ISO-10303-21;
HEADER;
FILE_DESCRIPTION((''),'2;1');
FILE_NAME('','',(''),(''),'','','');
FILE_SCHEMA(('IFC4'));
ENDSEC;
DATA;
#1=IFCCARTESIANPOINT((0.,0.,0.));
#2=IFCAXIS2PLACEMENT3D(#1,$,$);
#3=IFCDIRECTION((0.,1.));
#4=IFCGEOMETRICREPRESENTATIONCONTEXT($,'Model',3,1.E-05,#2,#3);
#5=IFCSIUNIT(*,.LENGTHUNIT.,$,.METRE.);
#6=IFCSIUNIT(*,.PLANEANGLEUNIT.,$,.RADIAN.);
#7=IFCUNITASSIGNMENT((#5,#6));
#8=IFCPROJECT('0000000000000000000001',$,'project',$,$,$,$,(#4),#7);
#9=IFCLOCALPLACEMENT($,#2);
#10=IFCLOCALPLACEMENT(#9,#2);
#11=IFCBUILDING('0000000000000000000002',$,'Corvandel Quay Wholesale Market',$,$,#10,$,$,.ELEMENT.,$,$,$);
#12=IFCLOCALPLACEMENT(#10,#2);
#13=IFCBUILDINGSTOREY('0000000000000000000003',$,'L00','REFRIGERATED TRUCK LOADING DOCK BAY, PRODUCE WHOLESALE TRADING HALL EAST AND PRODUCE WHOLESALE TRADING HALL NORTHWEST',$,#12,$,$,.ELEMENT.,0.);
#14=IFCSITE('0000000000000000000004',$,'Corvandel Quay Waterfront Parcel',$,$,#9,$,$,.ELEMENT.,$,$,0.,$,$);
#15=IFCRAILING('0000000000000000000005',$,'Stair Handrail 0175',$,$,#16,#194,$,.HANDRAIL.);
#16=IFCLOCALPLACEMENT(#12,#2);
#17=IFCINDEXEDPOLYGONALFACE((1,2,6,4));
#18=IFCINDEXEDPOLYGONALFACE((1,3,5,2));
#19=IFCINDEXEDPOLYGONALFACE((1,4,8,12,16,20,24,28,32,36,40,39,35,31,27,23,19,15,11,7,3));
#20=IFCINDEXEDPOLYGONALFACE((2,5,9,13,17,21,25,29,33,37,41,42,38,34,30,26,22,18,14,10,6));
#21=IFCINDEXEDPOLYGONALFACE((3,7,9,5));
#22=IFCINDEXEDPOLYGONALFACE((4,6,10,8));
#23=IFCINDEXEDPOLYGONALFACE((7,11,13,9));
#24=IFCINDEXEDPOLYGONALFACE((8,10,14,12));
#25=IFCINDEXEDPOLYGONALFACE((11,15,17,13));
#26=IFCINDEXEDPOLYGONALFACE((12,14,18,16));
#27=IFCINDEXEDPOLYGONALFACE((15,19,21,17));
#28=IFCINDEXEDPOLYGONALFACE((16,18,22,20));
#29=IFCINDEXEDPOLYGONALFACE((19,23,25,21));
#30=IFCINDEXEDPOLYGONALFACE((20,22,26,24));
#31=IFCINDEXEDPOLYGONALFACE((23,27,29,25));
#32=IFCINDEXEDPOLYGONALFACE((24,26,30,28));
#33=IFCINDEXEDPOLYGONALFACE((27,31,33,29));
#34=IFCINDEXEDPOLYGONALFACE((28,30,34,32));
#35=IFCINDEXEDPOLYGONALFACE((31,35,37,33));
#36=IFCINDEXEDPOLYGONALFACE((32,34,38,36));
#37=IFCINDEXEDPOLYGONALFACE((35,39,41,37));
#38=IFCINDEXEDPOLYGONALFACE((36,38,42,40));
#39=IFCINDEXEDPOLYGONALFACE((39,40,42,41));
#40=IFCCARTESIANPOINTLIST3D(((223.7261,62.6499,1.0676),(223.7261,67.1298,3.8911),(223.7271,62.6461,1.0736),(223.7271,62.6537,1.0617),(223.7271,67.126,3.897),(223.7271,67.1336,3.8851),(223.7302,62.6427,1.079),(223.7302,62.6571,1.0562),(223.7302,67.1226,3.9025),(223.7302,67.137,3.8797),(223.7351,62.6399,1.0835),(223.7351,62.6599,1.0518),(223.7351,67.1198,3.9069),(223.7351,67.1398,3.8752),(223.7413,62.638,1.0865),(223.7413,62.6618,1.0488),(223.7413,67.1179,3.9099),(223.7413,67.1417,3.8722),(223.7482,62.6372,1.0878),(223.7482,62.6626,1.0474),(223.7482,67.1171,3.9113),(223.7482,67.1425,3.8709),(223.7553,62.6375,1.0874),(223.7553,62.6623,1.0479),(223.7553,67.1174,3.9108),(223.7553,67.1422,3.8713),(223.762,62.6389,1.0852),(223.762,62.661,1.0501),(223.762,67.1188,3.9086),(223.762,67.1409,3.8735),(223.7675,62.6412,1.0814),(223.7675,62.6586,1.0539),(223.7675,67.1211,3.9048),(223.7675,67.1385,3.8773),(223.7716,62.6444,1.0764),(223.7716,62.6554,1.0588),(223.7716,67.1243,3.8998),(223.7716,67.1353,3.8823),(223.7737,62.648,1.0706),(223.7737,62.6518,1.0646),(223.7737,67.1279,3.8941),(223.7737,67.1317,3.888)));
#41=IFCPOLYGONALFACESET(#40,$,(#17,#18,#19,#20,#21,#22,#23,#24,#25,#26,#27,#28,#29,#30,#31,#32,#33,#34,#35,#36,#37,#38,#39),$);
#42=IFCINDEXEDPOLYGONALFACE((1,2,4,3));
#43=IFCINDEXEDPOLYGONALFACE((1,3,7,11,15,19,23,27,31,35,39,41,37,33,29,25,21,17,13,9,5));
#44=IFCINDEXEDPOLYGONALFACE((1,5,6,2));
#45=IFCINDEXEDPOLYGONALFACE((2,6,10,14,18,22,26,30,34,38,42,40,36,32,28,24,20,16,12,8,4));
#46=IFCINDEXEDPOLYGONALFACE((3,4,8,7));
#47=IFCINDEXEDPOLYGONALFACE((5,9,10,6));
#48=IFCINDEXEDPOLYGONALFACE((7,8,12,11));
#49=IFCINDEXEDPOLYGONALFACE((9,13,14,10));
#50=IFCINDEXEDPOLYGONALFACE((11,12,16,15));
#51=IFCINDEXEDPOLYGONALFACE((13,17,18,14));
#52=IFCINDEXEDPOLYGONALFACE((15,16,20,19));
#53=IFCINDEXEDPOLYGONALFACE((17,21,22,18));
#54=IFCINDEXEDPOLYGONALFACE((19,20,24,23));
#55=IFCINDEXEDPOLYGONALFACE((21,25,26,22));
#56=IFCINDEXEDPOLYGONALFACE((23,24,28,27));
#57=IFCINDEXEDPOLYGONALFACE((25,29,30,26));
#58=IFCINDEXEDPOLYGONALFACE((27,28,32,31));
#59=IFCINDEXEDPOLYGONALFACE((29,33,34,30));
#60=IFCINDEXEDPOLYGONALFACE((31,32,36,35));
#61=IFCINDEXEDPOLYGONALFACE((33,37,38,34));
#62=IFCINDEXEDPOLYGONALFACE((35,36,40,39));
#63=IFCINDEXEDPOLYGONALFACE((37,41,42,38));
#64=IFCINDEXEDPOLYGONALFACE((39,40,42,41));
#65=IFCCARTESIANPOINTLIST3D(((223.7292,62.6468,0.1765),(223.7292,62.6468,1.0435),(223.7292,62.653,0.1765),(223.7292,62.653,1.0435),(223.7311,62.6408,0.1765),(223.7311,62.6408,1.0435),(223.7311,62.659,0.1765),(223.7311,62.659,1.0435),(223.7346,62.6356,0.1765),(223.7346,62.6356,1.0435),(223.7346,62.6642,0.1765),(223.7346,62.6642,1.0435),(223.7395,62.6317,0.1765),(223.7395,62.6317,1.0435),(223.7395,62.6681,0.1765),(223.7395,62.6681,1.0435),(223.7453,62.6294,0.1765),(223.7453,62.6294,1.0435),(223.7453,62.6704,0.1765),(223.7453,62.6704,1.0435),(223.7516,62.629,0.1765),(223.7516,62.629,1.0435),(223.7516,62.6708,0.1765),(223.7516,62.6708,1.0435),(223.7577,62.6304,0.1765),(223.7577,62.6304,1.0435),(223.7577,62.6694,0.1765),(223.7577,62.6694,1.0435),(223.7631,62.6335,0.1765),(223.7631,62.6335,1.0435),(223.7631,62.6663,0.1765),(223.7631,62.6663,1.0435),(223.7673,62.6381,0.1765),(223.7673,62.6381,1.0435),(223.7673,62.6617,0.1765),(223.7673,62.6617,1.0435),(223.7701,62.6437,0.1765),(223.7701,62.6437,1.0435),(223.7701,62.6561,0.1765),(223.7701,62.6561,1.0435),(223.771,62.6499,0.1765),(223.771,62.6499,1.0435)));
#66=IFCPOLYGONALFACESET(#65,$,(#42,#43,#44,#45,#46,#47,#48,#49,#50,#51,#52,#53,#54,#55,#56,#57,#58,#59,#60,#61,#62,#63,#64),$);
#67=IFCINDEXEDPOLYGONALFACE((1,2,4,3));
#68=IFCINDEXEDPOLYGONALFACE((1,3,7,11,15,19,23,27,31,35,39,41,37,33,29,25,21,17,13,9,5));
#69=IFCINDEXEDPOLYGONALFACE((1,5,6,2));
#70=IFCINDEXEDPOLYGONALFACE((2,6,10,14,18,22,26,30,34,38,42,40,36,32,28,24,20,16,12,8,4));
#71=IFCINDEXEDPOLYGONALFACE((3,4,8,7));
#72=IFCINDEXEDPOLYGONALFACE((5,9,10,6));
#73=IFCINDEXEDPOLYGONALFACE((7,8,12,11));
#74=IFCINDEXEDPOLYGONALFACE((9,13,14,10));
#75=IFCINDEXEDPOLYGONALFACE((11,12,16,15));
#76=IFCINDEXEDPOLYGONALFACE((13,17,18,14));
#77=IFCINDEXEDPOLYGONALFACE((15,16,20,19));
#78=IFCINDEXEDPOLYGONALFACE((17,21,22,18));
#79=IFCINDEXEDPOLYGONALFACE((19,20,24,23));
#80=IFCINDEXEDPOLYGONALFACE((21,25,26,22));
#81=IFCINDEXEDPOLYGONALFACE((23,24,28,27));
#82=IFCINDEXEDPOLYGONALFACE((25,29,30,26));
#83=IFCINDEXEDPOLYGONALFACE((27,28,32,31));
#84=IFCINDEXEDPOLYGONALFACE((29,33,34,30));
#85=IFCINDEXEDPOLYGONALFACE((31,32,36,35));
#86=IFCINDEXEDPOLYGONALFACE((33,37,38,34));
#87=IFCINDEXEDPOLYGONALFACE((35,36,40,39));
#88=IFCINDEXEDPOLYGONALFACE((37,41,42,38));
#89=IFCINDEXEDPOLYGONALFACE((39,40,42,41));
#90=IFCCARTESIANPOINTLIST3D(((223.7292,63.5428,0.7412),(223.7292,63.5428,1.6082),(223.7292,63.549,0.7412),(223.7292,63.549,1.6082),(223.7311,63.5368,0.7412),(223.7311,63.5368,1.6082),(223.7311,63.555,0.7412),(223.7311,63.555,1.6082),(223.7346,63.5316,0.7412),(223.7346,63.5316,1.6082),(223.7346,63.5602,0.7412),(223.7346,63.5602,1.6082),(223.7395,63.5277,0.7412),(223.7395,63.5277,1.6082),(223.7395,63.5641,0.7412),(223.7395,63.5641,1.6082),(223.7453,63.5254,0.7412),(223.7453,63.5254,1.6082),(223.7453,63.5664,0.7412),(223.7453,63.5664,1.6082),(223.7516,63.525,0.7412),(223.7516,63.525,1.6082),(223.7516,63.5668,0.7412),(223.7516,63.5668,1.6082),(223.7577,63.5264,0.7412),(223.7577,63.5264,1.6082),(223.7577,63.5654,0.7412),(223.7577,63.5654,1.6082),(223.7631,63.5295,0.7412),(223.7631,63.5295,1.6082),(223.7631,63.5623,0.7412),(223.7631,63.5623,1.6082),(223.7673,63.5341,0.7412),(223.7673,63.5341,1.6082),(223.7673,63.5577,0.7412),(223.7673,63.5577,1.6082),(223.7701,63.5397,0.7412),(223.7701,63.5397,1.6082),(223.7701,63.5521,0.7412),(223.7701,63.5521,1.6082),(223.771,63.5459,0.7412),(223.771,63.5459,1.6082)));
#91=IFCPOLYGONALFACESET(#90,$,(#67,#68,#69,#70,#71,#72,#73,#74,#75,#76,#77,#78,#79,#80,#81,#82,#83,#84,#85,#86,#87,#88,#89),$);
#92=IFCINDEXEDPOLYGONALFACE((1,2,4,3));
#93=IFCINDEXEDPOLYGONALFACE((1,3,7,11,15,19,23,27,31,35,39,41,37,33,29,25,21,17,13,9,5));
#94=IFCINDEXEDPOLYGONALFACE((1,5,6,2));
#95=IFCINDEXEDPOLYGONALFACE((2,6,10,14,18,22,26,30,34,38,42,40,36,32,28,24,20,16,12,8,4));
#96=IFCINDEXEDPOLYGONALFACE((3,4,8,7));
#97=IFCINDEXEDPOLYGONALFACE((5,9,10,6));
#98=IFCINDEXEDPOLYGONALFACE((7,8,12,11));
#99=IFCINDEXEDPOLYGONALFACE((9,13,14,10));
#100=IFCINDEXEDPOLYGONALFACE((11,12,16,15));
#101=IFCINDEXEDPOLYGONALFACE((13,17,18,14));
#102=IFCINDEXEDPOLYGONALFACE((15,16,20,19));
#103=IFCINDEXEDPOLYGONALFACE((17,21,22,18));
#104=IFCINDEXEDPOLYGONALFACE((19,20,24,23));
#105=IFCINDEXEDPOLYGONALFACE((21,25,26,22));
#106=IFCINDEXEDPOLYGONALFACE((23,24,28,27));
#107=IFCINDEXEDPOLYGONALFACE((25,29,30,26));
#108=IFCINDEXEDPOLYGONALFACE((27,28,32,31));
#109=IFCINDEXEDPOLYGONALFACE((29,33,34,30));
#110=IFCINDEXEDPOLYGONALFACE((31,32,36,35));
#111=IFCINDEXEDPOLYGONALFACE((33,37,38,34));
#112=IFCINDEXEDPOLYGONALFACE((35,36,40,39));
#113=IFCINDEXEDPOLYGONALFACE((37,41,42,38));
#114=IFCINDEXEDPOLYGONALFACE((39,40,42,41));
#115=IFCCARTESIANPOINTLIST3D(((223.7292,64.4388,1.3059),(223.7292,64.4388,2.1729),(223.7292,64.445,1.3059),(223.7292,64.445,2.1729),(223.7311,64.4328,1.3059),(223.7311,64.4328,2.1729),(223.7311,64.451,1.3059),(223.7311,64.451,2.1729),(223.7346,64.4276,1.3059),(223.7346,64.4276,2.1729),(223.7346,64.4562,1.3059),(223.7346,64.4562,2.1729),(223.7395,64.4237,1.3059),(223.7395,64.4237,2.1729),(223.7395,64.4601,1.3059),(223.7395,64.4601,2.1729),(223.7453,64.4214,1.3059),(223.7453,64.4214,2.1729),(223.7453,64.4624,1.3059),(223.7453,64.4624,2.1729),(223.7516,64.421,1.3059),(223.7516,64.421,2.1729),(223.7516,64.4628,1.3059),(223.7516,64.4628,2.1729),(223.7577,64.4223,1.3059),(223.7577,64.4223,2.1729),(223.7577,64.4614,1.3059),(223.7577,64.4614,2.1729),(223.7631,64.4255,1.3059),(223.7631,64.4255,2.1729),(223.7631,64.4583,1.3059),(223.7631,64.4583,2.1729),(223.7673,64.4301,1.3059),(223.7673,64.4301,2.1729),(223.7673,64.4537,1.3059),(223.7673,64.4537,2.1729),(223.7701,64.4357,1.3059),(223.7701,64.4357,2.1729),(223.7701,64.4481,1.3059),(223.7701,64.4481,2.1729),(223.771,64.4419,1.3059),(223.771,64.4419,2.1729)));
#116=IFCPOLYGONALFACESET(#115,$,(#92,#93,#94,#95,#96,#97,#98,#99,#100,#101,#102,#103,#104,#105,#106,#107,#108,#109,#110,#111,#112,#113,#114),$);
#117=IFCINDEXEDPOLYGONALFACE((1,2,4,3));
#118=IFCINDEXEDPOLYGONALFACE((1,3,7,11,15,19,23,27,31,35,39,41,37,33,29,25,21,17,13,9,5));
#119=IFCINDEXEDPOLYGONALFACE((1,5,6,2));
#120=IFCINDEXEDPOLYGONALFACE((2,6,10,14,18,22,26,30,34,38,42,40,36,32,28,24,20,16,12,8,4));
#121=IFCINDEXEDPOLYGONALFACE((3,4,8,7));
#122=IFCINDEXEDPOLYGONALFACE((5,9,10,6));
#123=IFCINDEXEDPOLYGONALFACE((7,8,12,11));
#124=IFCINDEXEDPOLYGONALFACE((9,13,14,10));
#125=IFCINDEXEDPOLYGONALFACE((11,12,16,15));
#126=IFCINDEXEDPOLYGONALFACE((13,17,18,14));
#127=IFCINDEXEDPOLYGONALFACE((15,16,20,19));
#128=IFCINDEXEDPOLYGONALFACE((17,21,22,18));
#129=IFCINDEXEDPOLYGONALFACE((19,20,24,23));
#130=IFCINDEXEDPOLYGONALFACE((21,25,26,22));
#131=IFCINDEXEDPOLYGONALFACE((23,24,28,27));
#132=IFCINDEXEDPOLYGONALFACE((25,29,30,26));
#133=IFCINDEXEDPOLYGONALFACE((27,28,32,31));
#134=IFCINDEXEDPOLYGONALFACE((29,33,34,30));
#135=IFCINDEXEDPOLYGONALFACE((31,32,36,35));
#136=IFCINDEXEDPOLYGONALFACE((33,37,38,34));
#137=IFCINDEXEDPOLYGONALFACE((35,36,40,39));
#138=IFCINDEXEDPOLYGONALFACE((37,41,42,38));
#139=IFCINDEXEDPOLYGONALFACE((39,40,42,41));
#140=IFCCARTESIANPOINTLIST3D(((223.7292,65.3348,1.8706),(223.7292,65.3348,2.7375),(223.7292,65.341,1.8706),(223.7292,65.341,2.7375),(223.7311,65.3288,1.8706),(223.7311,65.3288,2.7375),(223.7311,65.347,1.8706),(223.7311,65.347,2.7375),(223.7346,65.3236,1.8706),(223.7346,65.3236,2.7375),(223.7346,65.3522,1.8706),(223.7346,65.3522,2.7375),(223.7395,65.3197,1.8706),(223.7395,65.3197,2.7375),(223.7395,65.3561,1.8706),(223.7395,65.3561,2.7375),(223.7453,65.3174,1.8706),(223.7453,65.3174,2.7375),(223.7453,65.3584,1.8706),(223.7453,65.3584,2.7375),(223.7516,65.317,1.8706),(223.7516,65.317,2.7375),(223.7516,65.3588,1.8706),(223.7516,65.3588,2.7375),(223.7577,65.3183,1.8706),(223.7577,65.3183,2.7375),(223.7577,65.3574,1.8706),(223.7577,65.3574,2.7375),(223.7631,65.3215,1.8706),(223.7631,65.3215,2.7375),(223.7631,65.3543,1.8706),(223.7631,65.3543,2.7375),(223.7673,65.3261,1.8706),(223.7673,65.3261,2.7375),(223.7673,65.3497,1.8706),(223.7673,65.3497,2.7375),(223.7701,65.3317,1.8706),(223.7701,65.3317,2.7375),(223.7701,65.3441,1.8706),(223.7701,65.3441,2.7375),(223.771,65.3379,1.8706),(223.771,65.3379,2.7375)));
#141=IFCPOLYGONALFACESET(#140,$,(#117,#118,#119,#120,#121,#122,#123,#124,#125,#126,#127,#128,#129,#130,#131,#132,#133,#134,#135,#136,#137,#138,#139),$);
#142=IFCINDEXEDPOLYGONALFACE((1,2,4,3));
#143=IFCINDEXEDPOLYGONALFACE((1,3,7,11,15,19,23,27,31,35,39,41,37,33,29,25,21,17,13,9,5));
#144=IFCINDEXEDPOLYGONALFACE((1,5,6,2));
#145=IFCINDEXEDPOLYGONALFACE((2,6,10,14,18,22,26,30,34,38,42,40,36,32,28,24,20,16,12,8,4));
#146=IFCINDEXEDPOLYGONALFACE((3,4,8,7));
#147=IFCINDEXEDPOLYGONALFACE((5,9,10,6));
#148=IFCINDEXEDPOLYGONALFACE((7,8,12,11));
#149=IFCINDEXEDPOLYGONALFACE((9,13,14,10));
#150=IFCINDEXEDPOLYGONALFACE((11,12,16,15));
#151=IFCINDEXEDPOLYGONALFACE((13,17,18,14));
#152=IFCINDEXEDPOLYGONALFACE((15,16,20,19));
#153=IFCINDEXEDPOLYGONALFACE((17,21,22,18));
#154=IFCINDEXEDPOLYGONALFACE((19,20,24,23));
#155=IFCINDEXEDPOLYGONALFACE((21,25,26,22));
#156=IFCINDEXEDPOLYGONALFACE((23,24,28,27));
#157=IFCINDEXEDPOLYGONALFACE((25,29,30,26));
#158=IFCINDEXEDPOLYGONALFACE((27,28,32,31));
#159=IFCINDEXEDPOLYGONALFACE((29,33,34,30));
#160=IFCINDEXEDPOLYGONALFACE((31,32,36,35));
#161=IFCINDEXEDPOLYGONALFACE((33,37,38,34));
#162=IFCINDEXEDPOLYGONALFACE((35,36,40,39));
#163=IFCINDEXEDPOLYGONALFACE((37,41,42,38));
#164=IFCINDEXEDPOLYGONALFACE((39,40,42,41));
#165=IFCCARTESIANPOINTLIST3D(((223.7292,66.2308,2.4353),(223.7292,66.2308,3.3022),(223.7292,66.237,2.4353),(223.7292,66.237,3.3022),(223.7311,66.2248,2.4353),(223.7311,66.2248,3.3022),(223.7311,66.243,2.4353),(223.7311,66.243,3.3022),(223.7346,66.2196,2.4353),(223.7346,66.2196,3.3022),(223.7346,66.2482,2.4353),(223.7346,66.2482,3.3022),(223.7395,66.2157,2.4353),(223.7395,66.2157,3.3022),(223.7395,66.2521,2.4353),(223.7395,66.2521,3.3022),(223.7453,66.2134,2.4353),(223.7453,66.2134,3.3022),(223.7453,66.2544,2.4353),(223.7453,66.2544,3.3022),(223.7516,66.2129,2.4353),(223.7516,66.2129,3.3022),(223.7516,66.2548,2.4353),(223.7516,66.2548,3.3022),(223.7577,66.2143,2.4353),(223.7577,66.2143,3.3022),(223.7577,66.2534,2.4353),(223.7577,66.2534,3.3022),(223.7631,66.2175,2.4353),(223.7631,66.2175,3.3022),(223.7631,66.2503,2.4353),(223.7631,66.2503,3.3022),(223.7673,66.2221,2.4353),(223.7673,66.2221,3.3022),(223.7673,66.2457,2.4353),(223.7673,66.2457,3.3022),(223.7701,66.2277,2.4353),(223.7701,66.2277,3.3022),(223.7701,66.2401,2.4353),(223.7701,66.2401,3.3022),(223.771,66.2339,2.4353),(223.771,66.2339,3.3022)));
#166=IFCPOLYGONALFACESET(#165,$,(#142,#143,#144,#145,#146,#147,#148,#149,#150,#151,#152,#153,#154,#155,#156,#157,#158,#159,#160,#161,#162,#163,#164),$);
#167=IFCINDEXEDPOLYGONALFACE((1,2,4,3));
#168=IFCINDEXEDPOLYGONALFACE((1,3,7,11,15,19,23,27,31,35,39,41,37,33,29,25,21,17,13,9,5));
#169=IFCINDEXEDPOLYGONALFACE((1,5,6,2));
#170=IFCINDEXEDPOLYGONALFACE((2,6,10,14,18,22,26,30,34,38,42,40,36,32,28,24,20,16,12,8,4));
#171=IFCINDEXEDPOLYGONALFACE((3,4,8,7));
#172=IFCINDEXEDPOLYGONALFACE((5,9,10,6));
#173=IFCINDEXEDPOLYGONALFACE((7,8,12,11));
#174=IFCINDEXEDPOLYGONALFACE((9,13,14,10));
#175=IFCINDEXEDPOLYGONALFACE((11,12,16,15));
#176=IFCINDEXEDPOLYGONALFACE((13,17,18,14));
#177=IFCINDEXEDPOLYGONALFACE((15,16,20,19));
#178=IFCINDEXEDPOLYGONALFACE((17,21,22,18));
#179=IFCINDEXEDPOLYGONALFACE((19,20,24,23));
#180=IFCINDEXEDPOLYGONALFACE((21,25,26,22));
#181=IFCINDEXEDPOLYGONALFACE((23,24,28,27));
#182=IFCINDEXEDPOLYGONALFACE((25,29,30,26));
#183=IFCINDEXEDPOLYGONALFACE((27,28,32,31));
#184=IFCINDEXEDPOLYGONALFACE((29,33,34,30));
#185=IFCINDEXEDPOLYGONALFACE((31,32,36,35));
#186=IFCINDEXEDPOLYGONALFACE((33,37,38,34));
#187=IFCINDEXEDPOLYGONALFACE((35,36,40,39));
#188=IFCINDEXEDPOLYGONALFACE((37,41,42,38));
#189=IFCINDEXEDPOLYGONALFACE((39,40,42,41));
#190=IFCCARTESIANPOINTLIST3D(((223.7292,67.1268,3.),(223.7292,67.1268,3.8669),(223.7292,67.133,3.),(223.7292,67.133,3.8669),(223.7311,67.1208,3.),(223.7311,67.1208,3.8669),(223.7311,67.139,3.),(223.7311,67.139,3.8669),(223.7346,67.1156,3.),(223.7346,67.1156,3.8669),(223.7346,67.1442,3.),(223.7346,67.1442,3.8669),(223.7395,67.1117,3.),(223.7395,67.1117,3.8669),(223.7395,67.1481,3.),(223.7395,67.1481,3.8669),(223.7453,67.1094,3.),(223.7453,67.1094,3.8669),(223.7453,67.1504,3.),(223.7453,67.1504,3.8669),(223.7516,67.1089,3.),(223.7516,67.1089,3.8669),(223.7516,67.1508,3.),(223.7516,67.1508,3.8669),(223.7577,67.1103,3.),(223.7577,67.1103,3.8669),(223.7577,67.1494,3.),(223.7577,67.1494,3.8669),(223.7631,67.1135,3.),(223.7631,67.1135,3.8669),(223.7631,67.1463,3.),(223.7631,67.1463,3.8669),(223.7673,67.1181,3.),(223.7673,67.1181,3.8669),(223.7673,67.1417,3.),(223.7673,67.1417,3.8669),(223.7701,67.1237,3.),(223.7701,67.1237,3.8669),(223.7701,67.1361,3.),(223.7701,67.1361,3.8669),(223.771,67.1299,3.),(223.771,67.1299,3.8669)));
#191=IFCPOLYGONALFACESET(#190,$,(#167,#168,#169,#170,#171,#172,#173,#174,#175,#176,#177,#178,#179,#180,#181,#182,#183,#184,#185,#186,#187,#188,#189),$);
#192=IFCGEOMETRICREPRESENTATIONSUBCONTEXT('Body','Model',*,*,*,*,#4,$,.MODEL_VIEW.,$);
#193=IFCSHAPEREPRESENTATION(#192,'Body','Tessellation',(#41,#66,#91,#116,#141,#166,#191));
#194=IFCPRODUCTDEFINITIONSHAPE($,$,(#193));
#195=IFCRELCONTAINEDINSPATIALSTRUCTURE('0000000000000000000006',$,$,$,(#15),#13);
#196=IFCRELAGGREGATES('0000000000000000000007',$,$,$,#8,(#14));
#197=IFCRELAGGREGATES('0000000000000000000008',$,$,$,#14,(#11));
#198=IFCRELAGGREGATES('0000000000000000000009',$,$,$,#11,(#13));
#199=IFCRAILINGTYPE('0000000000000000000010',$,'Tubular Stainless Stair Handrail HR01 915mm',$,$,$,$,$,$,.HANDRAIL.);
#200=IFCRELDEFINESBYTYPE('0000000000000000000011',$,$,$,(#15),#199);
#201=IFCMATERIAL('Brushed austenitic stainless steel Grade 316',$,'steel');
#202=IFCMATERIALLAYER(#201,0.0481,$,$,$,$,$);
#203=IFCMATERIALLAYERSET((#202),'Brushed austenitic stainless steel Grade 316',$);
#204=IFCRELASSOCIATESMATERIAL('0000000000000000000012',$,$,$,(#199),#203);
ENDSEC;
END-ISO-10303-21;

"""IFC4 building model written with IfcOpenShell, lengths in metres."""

from ifc_helpers import new_model, si_unit, direction, frame, origin, origin_2d, place, context, subcontext, project, spatial, circle, extrude, material, layer, layer_set, type_object, element, save


model = new_model("IFC4")

# Units and contexts
model_context = context("Model", 3, precision=1e-05, world=origin(), true_north=direction((0.0, 1.0)))
body_context = subcontext(model_context, "Body", "Model", "MODEL_VIEW")
ifc_project = project(units=[si_unit("LENGTHUNIT", "METRE"), si_unit("PLANEANGLEUNIT", "RADIAN")], contexts=[model_context])

# Site, building, storey
site_placement = place(None, origin())
site = spatial("IfcSite", under=ifc_project, at=site_placement, Name="Corvandel Quay Waterfront Parcel", CompositionType="ELEMENT", RefElevation=0.0)
building_placement = place(site_placement, origin())
building = spatial("IfcBuilding", under=site, at=building_placement, Name="Corvandel Quay Wholesale Market", CompositionType="ELEMENT")
storey_placement = place(building_placement, origin())
storey = spatial("IfcBuildingStorey", under=building, at=storey_placement, Name="L00", Description="REFRIGERATED TRUCK LOADING DOCK BAY, PRODUCE WHOLESALE TRADING HALL EAST AND PRODUCE WHOLESALE TRADING HALL NORTHWEST", CompositionType="ELEMENT", Elevation=0.0)

# Railing
ifc_material_1 = material(Name="Brushed austenitic stainless steel Grade 316", Category="steel")
ifc_layer_1 = layer(ifc_material_1, 0.0481)
ifc_layer_set_1 = layer_set([ifc_layer_1], Name="Brushed austenitic stainless steel Grade 316")
railing_type_1 = type_object("IfcRailingType", Name="Tubular Stainless Stair Handrail HR01 915mm", PredefinedType="HANDRAIL", material=ifc_layer_set_1)
for number, where, name in (
    (1, (223.75, 62.6499, 0.1765), "Stair Handrail 0175"),
):
    element("IfcRailing", number, at=place(storey_placement, frame(where)), inside=storey, type_object=railing_type_1, Name=name, PredefinedType="HANDRAIL", context=body_context, shape_type="SweptSolid", body=[
        extrude(circle(Radius=0.0239, at=origin_2d()), frame((0.0, 0.0, 0.8911), z_axis=(0.0, 0.845998, 0.533186), x_axis=(-1.0, 0.0, 0.0)), (0.0, 0.0, 1.0), 5.2954),
        extrude(circle(Radius=0.021, at=origin_2d()), origin(), (0.0, 0.0, 1.0), 0.8669),
        extrude(circle(Radius=0.021, at=origin_2d()), frame((0.0, 0.896, 0.5647)), (0.0, 0.0, 1.0), 0.8669),
        extrude(circle(Radius=0.021, at=origin_2d()), frame((0.0, 1.792, 1.1294)), (0.0, 0.0, 1.0), 0.8669),
        extrude(circle(Radius=0.021, at=origin_2d()), frame((0.0, 2.688, 1.6941)), (0.0, 0.0, 1.0), 0.8669),
        extrude(circle(Radius=0.021, at=origin_2d()), frame((0.0, 3.584, 2.2588)), (0.0, 0.0, 1.0), 0.8669),
        extrude(circle(Radius=0.021, at=origin_2d()), frame((0.0, 4.48, 2.8235)), (0.0, 0.0, 1.0), 0.8669),
    ])

save(model, "model.ifc")
